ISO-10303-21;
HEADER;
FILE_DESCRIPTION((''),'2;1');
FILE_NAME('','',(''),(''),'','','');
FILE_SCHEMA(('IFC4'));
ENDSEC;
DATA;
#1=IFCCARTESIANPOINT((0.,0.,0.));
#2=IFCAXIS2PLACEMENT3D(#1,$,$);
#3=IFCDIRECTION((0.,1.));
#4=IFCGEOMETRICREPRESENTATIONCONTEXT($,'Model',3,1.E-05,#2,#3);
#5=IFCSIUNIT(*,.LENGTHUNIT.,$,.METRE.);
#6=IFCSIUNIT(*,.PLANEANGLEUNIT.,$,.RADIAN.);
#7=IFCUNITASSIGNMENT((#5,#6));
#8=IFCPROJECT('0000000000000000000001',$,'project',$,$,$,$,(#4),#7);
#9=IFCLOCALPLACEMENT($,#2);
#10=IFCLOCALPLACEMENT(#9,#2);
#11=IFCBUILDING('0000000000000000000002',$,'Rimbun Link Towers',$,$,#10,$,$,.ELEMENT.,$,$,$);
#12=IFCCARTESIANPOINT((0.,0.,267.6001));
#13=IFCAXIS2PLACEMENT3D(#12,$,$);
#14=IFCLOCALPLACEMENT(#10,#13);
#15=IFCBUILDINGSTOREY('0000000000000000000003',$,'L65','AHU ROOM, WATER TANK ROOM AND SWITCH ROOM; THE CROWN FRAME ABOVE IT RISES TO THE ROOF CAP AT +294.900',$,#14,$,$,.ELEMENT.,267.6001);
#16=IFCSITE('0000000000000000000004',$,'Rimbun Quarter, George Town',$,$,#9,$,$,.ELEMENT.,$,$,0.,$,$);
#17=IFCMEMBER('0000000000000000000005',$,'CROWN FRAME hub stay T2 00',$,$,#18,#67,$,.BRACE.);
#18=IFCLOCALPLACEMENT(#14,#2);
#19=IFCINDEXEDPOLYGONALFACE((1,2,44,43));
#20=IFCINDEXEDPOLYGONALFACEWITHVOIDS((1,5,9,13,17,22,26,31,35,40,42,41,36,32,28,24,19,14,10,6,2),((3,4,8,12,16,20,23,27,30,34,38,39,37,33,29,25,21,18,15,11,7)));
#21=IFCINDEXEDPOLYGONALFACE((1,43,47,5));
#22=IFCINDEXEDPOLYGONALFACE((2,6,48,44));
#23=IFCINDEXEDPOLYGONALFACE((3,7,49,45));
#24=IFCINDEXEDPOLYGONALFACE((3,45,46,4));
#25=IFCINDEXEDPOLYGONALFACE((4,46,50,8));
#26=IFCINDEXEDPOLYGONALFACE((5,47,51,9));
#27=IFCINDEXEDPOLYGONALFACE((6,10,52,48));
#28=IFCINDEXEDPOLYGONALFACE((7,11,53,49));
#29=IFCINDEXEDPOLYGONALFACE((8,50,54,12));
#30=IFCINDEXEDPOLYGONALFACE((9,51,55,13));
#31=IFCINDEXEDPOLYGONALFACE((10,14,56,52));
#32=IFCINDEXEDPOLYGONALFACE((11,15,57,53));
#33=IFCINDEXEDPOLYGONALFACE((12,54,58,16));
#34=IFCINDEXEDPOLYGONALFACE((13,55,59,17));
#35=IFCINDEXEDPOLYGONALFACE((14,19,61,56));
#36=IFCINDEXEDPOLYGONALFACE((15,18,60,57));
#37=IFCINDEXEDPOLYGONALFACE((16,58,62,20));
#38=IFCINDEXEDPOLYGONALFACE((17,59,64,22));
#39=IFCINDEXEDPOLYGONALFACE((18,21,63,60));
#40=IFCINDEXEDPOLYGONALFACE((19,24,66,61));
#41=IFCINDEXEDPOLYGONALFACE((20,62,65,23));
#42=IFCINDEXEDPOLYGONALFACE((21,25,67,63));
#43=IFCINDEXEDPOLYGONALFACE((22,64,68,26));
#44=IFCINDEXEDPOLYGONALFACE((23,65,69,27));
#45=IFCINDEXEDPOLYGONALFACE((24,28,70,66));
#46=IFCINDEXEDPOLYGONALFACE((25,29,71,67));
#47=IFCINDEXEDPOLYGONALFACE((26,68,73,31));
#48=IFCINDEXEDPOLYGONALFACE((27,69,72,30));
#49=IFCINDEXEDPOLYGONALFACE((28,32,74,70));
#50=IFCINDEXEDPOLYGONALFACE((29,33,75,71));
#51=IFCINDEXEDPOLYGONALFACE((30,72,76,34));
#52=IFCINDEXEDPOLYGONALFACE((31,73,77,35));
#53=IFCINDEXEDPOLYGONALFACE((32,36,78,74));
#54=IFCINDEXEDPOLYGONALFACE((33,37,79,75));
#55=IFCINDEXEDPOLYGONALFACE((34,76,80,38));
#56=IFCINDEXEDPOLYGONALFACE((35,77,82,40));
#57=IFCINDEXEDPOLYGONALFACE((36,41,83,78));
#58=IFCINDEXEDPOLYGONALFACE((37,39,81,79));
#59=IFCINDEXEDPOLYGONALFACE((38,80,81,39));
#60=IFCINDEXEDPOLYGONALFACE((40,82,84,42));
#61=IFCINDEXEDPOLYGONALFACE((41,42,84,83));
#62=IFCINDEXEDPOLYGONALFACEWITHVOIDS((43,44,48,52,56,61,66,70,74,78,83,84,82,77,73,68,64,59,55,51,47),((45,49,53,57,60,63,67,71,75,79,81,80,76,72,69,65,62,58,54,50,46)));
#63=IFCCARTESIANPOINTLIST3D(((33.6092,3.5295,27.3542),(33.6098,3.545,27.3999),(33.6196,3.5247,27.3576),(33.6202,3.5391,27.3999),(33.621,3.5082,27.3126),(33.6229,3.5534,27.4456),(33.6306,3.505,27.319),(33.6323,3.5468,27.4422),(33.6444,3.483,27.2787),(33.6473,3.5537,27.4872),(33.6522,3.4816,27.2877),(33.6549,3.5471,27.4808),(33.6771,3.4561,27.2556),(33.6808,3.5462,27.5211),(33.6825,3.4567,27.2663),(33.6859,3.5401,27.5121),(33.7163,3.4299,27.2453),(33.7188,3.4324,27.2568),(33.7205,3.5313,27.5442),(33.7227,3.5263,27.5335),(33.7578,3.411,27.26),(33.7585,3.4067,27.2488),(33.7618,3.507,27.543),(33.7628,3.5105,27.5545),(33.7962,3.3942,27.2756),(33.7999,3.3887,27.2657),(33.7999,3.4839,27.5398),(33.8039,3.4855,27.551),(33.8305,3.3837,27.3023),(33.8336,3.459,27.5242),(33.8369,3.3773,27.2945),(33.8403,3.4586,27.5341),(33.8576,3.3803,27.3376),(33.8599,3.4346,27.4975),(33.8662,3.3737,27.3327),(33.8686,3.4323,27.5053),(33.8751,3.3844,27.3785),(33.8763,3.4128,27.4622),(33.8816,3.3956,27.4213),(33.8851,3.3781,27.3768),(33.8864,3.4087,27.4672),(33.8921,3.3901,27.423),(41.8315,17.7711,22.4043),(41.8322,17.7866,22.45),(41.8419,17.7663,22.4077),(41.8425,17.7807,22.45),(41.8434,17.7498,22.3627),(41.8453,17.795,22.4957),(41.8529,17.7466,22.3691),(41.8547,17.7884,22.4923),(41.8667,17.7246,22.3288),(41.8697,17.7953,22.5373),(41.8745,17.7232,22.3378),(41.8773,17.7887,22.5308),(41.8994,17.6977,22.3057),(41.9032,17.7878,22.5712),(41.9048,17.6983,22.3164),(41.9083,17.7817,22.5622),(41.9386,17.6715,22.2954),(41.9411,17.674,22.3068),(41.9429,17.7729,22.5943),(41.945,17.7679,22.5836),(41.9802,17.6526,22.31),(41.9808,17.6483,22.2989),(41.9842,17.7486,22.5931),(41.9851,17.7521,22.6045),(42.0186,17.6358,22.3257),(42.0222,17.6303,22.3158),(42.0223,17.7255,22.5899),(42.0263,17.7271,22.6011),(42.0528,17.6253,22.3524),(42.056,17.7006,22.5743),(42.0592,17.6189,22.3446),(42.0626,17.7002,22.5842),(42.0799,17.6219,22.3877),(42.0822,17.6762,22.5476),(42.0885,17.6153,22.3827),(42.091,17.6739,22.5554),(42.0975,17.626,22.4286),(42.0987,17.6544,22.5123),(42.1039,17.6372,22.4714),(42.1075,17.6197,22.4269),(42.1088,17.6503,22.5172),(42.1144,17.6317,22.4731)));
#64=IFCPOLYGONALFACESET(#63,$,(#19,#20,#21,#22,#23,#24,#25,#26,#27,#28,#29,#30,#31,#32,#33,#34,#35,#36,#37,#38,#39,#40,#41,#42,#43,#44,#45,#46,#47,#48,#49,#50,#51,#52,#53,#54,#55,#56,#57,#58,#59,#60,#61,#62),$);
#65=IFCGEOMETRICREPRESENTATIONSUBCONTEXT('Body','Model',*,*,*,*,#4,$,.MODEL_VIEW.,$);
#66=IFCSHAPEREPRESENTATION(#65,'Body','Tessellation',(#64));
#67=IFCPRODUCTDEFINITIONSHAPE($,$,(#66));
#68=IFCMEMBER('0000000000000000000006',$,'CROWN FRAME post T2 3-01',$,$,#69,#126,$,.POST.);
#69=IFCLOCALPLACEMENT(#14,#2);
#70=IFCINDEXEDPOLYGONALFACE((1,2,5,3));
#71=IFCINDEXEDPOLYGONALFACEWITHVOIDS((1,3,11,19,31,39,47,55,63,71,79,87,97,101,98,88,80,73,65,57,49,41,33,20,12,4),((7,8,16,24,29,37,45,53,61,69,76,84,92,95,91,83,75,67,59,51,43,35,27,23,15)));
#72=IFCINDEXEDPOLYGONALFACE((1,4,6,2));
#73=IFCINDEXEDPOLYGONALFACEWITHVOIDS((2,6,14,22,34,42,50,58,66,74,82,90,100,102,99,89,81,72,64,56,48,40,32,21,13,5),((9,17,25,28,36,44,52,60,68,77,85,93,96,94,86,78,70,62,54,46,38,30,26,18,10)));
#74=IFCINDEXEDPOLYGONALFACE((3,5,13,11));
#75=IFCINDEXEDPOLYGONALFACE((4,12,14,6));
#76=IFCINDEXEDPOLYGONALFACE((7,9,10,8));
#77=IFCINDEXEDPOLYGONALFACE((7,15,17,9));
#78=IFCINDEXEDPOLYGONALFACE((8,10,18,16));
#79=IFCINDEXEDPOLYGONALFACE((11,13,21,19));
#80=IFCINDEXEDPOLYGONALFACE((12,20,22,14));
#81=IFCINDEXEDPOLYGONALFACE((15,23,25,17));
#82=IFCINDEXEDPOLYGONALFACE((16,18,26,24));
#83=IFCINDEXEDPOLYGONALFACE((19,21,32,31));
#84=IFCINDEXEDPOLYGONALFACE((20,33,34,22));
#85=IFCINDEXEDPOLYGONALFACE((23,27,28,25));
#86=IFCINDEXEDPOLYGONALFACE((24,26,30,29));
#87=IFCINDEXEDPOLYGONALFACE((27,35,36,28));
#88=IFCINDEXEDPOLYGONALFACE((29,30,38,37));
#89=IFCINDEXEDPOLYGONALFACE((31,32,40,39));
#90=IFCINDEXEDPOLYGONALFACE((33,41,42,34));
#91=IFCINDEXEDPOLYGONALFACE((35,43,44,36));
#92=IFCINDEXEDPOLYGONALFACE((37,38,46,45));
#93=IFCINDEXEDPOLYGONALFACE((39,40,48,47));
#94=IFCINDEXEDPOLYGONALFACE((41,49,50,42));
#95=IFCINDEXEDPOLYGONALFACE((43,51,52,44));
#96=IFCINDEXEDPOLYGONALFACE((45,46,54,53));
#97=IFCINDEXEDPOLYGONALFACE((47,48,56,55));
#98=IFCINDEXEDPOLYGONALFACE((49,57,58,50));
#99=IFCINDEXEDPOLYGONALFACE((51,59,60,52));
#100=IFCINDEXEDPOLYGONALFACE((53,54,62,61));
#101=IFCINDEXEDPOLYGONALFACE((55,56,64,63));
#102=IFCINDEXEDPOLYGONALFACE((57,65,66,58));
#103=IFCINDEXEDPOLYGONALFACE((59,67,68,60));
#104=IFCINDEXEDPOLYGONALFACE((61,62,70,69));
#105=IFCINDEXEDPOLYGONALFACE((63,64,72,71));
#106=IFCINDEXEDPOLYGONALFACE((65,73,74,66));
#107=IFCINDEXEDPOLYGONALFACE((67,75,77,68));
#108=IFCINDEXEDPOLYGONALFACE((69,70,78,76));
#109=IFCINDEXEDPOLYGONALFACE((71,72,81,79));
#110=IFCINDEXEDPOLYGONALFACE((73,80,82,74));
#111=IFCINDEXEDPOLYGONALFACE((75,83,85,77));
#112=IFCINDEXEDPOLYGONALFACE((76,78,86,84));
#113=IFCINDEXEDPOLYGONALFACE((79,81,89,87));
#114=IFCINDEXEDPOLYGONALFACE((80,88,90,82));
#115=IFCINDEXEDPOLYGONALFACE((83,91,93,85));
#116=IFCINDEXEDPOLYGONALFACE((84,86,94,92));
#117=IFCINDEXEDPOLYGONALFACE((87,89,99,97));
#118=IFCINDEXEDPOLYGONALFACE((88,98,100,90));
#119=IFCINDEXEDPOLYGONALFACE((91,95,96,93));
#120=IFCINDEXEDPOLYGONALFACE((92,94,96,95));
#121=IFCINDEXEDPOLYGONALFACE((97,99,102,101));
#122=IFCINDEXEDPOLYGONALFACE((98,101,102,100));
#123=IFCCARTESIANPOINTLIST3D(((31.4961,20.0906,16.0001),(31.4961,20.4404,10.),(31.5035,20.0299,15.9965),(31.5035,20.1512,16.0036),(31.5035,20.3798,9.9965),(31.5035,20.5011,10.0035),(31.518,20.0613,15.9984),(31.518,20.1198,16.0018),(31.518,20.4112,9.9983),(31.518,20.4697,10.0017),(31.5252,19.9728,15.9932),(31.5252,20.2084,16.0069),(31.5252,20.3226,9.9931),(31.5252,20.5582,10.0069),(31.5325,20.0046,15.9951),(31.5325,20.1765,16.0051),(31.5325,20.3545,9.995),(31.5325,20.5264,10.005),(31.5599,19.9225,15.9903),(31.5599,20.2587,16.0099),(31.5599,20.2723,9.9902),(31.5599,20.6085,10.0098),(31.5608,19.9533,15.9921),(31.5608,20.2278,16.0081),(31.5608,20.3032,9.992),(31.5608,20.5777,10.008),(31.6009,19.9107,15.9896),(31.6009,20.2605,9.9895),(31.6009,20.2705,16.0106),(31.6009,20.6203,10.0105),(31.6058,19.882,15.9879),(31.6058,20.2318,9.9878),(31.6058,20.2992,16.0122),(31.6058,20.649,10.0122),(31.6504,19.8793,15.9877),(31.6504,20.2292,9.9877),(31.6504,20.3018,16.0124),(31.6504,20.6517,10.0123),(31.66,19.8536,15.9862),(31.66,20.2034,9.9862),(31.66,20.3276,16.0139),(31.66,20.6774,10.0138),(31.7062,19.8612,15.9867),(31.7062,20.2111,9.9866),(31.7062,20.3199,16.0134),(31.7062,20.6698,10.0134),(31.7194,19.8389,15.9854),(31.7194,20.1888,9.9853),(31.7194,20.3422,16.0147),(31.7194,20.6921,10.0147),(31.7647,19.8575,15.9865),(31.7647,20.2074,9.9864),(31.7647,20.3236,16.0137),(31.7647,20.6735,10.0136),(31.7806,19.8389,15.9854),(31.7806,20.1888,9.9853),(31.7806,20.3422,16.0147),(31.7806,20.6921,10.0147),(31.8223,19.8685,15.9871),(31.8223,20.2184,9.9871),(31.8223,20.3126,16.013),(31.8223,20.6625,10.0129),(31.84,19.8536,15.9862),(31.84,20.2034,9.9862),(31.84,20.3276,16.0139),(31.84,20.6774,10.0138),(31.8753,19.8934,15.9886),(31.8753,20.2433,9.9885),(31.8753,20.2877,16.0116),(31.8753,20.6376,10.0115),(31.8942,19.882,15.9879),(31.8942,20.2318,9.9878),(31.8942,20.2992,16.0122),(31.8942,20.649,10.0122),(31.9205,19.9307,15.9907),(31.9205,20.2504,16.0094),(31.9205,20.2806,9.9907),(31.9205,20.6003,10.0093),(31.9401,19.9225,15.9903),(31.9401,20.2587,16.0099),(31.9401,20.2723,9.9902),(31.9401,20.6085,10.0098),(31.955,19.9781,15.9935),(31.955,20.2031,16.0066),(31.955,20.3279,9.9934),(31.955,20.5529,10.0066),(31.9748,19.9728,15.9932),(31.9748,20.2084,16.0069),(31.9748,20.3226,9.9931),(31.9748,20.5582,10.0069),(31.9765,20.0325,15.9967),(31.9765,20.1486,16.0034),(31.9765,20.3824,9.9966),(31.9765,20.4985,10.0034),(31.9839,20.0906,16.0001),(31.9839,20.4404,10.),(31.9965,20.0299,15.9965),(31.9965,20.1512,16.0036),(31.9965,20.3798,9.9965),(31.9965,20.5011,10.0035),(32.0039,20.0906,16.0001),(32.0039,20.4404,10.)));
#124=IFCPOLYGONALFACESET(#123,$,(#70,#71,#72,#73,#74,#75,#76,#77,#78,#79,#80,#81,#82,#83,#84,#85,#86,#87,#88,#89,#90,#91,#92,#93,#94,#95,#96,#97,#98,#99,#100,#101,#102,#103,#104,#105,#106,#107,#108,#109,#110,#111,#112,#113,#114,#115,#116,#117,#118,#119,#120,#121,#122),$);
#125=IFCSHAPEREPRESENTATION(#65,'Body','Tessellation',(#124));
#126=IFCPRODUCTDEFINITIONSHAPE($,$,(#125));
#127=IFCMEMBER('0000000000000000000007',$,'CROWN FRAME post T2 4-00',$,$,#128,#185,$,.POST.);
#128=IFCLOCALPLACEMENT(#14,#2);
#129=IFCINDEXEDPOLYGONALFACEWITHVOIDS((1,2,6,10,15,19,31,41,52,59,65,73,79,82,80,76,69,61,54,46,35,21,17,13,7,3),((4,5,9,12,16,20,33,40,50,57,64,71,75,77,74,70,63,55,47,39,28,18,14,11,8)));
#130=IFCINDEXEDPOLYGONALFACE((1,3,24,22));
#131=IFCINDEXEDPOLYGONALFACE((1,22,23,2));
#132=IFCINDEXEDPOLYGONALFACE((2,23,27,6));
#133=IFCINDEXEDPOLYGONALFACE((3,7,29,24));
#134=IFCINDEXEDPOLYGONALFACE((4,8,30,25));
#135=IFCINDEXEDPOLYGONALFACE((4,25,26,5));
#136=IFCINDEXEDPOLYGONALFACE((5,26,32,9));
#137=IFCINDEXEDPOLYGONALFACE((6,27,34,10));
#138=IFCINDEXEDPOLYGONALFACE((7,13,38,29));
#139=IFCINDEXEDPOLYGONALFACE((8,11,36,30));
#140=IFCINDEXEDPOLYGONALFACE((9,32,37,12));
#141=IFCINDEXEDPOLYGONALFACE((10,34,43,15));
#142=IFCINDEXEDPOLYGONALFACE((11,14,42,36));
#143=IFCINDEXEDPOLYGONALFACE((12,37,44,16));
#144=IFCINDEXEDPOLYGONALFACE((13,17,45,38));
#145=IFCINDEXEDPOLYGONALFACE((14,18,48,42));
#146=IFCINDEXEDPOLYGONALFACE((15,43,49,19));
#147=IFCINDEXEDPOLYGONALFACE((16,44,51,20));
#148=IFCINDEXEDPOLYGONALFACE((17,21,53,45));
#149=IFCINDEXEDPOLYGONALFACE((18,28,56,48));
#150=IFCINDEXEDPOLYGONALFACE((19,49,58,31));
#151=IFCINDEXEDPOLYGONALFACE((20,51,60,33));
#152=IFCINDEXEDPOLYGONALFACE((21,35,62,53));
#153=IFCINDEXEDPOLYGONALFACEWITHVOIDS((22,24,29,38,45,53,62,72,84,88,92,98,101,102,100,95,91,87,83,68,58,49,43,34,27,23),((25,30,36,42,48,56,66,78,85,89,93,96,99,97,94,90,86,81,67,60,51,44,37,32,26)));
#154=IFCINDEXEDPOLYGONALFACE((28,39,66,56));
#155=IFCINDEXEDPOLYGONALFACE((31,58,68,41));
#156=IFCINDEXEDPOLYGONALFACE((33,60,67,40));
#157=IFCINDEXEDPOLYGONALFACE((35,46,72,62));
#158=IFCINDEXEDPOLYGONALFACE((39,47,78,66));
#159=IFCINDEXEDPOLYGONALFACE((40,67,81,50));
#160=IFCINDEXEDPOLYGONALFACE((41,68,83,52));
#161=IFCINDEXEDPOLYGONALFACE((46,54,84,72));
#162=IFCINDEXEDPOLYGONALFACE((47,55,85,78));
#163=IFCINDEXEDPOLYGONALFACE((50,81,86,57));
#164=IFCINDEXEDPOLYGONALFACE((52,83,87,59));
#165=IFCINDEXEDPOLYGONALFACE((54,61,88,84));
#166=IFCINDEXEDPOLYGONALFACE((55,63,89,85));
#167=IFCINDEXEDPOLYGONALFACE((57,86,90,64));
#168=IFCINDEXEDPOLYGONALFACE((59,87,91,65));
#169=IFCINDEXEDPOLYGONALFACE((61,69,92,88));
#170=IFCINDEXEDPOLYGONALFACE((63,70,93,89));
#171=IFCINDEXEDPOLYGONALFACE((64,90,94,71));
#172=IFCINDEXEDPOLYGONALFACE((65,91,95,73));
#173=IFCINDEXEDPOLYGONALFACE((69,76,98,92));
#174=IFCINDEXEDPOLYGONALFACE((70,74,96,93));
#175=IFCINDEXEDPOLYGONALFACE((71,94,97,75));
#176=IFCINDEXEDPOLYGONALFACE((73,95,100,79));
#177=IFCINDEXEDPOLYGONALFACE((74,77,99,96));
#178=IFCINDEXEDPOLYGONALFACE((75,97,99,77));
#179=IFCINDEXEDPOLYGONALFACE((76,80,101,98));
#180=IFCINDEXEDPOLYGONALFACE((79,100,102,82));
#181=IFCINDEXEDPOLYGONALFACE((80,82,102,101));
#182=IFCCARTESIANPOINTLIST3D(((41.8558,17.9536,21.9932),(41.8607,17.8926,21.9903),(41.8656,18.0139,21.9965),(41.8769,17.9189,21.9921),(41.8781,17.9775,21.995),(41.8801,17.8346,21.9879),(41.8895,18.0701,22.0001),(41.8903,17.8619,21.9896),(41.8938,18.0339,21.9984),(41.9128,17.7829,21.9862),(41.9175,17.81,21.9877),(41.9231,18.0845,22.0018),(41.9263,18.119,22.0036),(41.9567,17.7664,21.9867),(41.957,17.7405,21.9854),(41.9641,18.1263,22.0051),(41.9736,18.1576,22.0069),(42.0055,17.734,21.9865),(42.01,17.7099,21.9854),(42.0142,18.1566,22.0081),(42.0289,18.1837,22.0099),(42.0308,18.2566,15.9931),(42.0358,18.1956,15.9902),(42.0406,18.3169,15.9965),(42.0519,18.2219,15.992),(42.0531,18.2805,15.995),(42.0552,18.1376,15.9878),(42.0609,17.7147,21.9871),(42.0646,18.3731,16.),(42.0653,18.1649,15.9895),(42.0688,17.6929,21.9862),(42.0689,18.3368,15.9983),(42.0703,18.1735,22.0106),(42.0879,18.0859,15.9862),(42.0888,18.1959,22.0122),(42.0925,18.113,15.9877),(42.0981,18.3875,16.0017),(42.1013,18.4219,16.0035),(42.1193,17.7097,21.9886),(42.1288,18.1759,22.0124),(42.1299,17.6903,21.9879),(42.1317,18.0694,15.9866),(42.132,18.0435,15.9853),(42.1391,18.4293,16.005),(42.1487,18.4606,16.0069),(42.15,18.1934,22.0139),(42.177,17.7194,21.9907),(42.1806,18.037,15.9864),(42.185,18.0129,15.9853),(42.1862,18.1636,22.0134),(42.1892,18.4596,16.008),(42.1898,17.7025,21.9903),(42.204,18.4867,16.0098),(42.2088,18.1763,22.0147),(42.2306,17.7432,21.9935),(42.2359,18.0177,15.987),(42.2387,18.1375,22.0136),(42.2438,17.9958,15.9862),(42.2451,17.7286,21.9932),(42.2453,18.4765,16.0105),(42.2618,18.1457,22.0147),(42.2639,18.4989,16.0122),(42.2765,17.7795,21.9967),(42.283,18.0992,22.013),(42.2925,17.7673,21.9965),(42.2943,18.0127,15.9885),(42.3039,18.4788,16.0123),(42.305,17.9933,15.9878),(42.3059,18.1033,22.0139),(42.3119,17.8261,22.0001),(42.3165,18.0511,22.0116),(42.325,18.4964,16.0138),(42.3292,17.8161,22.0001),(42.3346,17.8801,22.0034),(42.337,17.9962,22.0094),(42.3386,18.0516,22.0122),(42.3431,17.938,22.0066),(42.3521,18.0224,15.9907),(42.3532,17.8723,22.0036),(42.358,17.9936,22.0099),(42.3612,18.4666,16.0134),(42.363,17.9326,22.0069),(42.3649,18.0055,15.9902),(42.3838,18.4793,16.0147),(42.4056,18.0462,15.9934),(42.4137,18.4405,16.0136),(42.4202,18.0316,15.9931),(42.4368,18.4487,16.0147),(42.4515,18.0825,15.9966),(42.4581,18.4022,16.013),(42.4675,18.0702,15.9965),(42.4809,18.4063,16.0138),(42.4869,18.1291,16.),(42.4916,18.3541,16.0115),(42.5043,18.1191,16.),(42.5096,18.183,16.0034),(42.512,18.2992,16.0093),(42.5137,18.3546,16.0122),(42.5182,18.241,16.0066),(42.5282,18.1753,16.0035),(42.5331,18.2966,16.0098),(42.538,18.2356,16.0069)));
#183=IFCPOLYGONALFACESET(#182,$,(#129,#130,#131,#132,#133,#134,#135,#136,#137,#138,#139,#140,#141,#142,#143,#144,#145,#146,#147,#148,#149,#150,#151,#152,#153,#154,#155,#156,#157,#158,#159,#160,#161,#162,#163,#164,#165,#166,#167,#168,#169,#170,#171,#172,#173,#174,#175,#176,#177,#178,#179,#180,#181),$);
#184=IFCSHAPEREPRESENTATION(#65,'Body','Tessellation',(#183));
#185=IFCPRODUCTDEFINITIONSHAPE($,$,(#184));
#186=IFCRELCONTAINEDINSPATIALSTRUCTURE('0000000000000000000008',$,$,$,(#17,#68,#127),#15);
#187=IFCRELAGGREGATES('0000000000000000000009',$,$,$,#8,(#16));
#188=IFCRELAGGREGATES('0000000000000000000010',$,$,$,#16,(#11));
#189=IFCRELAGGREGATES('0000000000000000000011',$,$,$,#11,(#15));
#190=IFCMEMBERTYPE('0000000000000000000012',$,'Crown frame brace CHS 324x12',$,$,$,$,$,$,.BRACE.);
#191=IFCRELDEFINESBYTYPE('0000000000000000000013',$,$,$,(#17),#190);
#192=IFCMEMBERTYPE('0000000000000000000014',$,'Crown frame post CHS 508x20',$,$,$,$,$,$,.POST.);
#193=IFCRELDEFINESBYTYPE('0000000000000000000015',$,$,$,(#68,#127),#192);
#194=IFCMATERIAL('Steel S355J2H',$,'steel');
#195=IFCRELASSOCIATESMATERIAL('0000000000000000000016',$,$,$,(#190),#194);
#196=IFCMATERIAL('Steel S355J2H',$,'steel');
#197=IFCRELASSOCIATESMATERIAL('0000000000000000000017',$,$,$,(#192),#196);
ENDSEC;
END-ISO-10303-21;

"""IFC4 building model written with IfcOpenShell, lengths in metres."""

from ifc_helpers import new_model, si_unit, direction, frame, origin, origin_2d, place, context, subcontext, project, spatial, hollow_circle, extrude, material, material_profile, profile_set, type_object, element, save


model = new_model("IFC4")

# Units and contexts
model_context = context("Model", 3, precision=1e-05, world=origin(), true_north=direction((0.0, 1.0)))
body_context = subcontext(model_context, "Body", "Model", "MODEL_VIEW")
ifc_project = project(units=[si_unit("LENGTHUNIT", "METRE"), si_unit("PLANEANGLEUNIT", "RADIAN")], contexts=[model_context])

# Site, building, storey
site_placement = place(None, origin())
site = spatial("IfcSite", under=ifc_project, at=site_placement, Name="Rimbun Quarter, George Town", CompositionType="ELEMENT", RefElevation=0.0)
building_placement = place(site_placement, origin())
building = spatial("IfcBuilding", under=site, at=building_placement, Name="Rimbun Link Towers", CompositionType="ELEMENT")
storey_placement = place(building_placement, frame((0.0, 0.0, 267.6001)))
storey = spatial("IfcBuildingStorey", under=building, at=storey_placement, Name="L65", Description="AHU ROOM, WATER TANK ROOM AND SWITCH ROOM; THE CROWN FRAME ABOVE IT RISES TO THE ROOF CAP AT +294.900", CompositionType="ELEMENT", Elevation=267.6001)

# Members
ifc_material_1 = material(Name="Steel S355J2H", Category="steel")
ifc_material_profile_1 = material_profile(ifc_material_1, hollow_circle(Radius=0.1619, WallThickness=0.012, at=origin_2d()), Name="Crown frame brace CHS 324x12")
ifc_profile_set_1 = profile_set([ifc_material_profile_1], Name="Steel S355J2H")
member_type_1 = type_object("IfcMemberType", Name="Crown frame brace CHS 324x12", PredefinedType="BRACE", material=ifc_profile_set_1)
member_1_placement = place(storey_placement, frame((33.75, 3.4641, 27.3999), z_axis=(0.478779, 0.829274, -0.288229), x_axis=(-0.866026, 0.499998, 0.0)))
element("IfcMember", 1, at=member_1_placement, inside=storey, type_object=member_type_1, Name="CROWN FRAME hub stay T2 00", PredefinedType="BRACE", context=body_context, shape_type="SweptSolid", body=[
    extrude(hollow_circle(Radius=0.1619, WallThickness=0.012, at=origin_2d()), origin(), (0.0, 0.0, 1.0), 17.1736),
])
ifc_material_2 = material(Name="Steel S355J2H", Category="steel")
ifc_material_profile_2 = material_profile(ifc_material_2, hollow_circle(Radius=0.2539, WallThickness=0.02, at=origin_2d()), Name="Crown frame post CHS 508x20")
ifc_profile_set_2 = profile_set([ifc_material_profile_2], Name="Steel S355J2H")
member_type_2 = type_object("IfcMemberType", Name="Crown frame post CHS 508x20", PredefinedType="POST", material=ifc_profile_set_2)
for number, where, z_axis, x_axis, name in (
    (2, (31.75, 20.4404, 10.0), (0.0, -0.05821, 0.998304), (1.0, 0.0, 0.0), "CROWN FRAME post T2 3-01"),
    (3, (42.2844, 18.2461, 16.0), (-0.029125, -0.050411, 0.998304), (0.865872, -0.500266, 0.0), "CROWN FRAME post T2 4-00"),
):
    element("IfcMember", number, at=place(storey_placement, frame(where, z_axis=z_axis, x_axis=x_axis)), inside=storey, type_object=member_type_2, Name=name, PredefinedType="POST", context=body_context, shape_type="SweptSolid", body=[
        extrude(hollow_circle(Radius=0.2539, WallThickness=0.02, at=origin_2d()), origin(), (0.0, 0.0, 1.0), 6.0103),
    ])

save(model, "model.ifc")
